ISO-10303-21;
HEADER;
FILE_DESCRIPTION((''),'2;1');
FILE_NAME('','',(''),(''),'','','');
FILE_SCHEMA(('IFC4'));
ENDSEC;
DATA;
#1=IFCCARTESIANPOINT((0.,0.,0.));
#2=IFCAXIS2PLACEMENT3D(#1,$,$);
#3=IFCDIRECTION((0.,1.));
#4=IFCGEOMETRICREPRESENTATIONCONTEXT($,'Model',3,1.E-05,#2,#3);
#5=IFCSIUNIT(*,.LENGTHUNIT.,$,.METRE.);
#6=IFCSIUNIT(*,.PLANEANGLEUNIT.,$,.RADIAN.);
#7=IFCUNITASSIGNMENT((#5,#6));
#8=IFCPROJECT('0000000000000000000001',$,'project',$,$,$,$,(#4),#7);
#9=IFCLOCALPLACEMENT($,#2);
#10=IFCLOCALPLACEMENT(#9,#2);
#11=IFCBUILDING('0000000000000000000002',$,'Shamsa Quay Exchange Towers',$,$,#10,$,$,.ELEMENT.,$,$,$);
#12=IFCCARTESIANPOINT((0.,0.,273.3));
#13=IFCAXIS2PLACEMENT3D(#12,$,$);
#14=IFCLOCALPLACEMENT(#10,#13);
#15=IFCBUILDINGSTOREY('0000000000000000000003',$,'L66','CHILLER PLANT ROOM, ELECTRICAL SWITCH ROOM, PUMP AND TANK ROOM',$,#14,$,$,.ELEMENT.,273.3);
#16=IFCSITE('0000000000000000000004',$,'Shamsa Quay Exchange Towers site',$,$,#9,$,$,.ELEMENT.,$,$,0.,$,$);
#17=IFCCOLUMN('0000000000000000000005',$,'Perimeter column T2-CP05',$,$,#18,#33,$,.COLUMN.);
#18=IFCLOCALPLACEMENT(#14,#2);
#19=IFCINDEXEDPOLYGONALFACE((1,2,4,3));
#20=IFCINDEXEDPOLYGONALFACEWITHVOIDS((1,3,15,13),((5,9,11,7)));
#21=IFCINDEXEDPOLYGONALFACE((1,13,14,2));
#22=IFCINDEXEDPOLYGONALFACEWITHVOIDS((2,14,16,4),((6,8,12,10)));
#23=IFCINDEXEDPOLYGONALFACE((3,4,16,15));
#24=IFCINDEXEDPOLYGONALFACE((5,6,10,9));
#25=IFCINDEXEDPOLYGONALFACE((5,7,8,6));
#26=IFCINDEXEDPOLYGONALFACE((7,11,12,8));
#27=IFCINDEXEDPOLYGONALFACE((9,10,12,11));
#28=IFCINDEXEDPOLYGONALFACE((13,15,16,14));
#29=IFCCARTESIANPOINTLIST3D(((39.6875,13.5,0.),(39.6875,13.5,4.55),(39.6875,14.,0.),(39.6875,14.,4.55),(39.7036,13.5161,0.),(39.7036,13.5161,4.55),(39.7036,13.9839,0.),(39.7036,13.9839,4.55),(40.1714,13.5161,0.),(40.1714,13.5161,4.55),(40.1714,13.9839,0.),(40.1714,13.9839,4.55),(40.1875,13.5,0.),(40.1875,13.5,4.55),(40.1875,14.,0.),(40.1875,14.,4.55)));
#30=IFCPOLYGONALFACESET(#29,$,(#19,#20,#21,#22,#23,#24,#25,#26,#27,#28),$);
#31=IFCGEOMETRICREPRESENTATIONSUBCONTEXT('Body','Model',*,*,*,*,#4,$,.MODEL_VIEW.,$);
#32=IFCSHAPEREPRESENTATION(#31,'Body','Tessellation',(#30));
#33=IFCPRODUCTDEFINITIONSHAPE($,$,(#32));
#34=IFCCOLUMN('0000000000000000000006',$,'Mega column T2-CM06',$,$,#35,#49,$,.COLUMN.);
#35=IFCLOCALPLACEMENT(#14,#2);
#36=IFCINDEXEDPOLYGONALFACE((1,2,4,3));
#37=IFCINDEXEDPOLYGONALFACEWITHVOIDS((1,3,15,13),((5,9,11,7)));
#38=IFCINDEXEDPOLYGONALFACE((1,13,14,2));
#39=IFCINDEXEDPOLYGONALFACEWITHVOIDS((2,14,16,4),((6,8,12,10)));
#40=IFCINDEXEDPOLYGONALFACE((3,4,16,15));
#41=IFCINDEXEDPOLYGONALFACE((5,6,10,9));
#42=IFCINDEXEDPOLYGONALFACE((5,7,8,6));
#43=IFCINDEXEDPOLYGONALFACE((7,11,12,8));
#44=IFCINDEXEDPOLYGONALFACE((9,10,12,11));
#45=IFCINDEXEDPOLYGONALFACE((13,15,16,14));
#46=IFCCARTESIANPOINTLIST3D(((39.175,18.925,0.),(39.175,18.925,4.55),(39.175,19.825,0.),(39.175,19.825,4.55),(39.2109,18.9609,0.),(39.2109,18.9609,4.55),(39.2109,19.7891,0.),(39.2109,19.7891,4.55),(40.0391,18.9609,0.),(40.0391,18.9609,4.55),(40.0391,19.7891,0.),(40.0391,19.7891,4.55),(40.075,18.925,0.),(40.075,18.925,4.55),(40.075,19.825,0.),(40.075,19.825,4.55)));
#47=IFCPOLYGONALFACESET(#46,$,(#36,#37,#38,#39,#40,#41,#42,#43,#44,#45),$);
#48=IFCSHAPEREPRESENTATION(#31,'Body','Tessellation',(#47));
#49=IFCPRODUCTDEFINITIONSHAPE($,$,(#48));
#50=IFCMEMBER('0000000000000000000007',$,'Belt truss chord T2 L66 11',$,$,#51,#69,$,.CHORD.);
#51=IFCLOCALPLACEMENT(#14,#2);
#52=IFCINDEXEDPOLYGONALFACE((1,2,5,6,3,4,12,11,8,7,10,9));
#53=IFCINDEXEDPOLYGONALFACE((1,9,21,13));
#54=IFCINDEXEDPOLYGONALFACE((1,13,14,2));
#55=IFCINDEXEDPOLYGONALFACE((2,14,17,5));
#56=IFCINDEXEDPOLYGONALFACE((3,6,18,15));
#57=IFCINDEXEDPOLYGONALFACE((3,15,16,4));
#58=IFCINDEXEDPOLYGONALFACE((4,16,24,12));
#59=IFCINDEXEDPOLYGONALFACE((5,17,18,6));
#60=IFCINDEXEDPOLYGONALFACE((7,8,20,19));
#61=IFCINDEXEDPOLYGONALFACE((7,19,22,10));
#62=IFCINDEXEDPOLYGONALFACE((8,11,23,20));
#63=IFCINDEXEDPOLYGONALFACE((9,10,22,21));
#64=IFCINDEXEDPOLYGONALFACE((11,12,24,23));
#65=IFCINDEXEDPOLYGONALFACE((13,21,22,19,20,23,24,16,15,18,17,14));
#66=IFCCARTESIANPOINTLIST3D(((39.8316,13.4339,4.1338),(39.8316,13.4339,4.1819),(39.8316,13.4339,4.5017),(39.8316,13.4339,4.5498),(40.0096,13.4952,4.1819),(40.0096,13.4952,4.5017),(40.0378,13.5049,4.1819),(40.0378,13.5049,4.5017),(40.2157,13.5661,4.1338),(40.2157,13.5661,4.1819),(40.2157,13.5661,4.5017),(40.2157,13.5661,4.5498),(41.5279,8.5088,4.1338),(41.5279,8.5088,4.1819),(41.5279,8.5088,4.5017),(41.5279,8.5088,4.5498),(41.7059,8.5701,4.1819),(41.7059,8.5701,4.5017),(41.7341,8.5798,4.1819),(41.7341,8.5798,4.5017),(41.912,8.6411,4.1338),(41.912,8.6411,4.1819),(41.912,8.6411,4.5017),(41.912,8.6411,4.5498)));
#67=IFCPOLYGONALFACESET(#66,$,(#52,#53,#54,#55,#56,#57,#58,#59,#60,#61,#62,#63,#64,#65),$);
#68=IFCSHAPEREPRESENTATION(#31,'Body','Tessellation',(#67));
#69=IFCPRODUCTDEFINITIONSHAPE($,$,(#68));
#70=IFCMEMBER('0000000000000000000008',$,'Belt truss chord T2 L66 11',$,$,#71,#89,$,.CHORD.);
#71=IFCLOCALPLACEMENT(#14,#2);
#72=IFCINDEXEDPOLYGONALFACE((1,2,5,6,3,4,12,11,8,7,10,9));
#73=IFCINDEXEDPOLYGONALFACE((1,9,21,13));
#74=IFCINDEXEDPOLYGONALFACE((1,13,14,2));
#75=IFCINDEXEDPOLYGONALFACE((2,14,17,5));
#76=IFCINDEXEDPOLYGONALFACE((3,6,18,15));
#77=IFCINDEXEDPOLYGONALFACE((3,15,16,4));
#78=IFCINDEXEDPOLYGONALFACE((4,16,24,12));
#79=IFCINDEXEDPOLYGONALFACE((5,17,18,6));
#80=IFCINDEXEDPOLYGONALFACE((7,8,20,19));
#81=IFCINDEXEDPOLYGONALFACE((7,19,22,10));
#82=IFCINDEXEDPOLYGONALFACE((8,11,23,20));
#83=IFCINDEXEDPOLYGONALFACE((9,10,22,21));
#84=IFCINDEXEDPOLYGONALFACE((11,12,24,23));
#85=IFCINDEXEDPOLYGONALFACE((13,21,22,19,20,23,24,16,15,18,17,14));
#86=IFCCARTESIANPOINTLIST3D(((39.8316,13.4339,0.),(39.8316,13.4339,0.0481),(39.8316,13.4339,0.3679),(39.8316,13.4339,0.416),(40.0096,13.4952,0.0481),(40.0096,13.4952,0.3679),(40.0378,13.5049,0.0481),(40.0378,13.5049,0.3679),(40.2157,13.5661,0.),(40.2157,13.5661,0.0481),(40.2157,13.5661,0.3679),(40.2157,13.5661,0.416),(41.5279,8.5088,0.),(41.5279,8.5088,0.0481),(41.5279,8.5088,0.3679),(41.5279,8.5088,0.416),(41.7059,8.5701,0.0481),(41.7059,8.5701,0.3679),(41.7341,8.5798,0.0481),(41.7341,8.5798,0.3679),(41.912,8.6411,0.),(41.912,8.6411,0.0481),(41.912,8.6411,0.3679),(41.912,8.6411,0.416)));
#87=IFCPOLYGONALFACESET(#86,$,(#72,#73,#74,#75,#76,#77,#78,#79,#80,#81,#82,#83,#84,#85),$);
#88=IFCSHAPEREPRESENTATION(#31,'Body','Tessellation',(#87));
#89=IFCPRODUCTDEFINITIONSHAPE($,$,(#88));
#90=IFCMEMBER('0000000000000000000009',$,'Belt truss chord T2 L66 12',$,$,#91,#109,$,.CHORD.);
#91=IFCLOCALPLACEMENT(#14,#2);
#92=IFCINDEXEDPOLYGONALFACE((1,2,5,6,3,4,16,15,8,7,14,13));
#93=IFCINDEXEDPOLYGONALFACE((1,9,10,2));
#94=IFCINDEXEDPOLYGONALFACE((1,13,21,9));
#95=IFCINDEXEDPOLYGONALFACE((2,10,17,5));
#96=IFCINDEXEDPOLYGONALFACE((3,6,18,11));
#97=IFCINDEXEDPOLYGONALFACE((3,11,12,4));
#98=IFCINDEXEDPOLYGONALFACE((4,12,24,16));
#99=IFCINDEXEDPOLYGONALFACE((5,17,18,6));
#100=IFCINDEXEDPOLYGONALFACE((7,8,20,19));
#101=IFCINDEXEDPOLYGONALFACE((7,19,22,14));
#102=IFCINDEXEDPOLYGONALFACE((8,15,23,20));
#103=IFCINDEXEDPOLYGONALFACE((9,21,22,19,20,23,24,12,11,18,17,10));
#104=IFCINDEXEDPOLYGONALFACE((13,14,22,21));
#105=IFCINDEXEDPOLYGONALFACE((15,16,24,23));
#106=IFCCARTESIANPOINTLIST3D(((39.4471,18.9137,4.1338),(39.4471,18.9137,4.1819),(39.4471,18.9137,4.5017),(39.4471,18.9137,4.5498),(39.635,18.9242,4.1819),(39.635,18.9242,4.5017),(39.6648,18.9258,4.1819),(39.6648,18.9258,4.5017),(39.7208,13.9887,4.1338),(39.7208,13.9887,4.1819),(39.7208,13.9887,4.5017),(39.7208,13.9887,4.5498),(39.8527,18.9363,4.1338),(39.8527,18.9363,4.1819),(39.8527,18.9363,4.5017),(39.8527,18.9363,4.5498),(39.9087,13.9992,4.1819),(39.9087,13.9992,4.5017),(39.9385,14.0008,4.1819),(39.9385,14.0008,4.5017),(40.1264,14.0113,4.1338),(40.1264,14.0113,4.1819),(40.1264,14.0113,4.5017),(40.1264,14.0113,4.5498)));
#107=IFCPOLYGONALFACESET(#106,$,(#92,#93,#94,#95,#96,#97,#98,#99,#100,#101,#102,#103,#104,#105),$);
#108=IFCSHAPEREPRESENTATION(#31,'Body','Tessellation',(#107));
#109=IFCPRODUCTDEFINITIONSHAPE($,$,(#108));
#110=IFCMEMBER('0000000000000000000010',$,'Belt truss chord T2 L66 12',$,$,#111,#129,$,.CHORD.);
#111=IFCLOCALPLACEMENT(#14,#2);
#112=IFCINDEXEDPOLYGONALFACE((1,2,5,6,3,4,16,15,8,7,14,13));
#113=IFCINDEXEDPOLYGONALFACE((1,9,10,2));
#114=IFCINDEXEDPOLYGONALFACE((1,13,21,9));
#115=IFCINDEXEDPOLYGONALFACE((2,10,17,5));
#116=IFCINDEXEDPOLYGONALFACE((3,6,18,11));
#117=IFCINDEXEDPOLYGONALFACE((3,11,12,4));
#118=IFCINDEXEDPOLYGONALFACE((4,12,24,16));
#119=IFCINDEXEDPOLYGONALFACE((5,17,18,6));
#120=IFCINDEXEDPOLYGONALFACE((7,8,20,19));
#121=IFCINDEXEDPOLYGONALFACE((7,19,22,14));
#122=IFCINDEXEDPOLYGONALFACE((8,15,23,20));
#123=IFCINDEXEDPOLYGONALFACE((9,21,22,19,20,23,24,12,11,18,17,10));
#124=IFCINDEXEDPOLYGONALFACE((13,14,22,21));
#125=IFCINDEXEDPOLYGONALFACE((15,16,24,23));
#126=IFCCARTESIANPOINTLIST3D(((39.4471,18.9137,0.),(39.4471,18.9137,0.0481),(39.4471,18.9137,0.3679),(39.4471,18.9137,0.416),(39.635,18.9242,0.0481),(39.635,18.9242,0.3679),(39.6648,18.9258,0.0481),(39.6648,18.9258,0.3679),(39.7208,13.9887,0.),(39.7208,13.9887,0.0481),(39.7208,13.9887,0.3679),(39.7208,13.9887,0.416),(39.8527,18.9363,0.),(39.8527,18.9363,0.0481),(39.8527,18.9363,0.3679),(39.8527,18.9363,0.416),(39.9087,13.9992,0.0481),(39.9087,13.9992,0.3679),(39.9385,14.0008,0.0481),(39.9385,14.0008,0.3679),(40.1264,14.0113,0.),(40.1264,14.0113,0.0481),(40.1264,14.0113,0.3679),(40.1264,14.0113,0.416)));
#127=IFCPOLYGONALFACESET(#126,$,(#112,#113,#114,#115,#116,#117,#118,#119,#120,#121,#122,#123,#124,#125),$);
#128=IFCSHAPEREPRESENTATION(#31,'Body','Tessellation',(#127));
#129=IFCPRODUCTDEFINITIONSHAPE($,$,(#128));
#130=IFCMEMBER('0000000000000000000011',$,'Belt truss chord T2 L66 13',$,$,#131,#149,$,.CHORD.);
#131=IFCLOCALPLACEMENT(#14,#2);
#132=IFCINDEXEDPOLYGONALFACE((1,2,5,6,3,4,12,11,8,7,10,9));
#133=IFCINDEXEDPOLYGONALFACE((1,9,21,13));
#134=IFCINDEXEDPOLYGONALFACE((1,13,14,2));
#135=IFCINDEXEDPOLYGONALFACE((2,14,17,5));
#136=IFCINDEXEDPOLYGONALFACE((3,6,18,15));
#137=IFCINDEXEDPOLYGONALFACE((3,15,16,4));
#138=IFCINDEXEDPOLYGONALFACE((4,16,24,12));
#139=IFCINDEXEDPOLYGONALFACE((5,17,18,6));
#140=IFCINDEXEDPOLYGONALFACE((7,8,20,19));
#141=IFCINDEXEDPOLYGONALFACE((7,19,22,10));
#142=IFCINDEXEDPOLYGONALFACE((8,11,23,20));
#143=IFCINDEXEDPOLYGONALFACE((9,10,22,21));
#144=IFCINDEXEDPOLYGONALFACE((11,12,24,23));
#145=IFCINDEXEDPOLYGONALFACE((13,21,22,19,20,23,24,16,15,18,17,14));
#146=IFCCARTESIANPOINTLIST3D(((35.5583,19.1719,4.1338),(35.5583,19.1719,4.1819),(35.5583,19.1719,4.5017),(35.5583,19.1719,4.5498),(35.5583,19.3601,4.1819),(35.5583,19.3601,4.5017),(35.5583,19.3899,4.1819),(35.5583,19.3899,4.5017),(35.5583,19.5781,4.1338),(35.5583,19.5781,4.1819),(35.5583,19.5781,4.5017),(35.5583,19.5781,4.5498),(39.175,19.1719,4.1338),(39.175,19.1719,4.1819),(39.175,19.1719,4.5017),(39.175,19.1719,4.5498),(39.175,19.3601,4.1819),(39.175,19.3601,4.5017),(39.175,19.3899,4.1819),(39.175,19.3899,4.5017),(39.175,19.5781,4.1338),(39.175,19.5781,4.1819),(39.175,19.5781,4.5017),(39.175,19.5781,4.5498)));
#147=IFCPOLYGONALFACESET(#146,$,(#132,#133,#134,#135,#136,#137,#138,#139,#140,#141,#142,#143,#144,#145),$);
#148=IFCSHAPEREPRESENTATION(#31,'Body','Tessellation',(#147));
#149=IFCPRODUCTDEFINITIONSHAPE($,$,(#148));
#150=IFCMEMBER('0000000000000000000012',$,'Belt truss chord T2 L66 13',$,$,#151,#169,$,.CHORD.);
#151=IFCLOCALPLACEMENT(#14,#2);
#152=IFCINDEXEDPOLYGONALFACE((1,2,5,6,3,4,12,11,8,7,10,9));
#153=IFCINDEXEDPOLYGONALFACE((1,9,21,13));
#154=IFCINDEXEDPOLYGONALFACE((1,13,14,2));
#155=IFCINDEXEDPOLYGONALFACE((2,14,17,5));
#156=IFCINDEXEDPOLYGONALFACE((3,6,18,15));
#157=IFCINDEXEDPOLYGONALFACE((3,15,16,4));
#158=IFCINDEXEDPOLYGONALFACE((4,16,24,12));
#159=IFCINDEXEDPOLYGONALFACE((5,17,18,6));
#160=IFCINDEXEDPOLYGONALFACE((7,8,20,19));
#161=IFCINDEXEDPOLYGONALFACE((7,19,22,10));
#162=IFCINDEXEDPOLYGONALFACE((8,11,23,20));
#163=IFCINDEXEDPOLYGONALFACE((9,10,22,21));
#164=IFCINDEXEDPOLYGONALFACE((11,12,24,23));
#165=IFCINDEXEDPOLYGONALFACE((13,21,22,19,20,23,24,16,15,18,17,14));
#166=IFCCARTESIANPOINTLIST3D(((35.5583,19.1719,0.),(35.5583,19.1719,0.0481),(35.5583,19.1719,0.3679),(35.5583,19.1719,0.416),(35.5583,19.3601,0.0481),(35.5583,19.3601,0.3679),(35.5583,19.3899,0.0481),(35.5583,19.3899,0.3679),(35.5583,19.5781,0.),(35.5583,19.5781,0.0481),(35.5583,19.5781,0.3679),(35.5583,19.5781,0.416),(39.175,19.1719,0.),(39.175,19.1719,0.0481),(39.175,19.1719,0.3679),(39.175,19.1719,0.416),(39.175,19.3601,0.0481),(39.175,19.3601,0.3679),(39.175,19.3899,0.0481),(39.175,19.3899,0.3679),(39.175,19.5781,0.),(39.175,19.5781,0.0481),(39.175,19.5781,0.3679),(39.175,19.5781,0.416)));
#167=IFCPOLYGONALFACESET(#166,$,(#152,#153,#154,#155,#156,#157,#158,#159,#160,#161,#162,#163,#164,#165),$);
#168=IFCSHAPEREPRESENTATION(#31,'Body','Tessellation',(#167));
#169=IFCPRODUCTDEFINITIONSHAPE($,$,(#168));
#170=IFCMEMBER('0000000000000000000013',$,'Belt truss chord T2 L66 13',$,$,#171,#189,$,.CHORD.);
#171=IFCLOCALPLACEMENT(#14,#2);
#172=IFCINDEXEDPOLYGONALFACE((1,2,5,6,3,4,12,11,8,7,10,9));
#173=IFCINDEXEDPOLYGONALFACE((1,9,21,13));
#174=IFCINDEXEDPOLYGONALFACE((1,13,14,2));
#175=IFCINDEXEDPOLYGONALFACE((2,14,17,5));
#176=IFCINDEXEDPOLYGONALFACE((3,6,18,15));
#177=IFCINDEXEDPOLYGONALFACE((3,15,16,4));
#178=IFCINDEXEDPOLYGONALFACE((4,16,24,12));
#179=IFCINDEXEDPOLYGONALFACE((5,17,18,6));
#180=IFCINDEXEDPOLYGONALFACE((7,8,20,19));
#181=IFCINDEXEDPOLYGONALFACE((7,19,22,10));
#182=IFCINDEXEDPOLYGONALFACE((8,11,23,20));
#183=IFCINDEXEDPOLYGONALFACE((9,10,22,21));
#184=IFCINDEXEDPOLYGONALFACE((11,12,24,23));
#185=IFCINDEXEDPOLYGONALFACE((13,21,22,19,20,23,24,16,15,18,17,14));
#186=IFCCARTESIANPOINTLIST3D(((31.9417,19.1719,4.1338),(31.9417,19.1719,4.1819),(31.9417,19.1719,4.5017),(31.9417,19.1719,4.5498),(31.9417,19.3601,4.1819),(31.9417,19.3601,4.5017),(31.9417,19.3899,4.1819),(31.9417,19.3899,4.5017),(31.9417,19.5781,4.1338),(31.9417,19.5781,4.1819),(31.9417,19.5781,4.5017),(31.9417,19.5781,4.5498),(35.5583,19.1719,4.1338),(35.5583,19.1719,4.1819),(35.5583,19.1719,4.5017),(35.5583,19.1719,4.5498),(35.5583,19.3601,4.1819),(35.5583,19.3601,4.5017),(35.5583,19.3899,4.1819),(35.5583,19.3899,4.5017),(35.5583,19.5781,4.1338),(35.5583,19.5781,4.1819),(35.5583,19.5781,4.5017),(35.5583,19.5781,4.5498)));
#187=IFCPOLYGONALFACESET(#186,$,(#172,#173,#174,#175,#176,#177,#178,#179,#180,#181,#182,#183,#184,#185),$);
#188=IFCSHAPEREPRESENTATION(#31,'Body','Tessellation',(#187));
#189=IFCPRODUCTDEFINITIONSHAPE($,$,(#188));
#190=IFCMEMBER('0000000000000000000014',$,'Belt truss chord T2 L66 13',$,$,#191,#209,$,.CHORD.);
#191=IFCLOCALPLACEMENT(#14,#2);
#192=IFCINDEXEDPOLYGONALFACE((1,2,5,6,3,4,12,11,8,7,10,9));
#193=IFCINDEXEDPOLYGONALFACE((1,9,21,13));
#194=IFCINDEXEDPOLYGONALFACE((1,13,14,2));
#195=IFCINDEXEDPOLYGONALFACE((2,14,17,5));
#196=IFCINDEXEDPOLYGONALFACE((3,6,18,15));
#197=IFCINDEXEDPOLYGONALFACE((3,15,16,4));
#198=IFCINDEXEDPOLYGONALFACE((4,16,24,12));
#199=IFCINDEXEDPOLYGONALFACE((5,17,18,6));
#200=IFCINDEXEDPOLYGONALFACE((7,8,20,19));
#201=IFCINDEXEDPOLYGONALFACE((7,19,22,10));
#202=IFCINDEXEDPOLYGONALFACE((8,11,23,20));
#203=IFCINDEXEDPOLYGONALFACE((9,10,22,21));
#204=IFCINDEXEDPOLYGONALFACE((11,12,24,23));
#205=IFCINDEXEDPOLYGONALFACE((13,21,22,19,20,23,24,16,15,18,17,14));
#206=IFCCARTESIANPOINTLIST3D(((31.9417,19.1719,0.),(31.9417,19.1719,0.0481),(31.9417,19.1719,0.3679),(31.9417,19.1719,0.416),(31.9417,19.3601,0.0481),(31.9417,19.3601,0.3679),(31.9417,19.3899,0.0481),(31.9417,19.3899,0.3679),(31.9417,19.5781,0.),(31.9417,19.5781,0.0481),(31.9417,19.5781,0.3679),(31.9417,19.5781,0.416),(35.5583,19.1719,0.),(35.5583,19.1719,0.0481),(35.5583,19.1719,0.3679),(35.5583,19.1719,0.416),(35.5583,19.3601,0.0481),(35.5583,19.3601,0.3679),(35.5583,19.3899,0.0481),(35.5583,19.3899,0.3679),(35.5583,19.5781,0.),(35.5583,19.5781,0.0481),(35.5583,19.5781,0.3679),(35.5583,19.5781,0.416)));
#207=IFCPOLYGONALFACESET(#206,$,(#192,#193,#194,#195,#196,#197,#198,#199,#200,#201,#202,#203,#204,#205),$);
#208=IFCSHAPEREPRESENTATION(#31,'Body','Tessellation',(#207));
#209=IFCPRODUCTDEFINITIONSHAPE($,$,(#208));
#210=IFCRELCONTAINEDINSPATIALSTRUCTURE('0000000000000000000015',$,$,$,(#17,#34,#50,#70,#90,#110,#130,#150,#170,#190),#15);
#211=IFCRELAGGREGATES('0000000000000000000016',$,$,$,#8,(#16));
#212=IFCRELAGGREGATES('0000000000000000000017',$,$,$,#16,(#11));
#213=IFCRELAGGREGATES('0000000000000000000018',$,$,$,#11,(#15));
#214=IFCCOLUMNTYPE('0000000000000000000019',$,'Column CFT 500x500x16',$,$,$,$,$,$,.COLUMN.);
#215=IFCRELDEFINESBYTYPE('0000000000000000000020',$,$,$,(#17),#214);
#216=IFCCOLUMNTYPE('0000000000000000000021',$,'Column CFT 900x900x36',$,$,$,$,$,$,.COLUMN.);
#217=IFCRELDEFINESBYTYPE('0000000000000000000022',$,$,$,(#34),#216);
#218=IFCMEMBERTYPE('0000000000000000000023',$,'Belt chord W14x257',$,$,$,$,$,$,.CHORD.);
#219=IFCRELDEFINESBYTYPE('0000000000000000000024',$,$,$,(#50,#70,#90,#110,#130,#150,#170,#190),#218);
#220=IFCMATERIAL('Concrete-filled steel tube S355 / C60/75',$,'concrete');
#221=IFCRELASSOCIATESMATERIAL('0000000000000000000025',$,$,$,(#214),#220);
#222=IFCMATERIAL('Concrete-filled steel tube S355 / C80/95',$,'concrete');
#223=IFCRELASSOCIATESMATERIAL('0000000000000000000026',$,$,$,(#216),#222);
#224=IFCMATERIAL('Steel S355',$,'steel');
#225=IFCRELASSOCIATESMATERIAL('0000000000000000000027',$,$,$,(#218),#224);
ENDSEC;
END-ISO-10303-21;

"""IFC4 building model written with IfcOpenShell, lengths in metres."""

from ifc_helpers import new_model, si_unit, direction, frame, origin, origin_2d, place, context, subcontext, project, spatial, hollow_rectangle, i_section, extrude, material, material_profile, profile_set, type_object, element, save


model = new_model("IFC4")

# Units and contexts
model_context = context("Model", 3, precision=1e-05, world=origin(), true_north=direction((0.0, 1.0)))
body_context = subcontext(model_context, "Body", "Model", "MODEL_VIEW")
ifc_project = project(units=[si_unit("LENGTHUNIT", "METRE"), si_unit("PLANEANGLEUNIT", "RADIAN")], contexts=[model_context])

# Site, building, storey
site_placement = place(None, origin())
site = spatial("IfcSite", under=ifc_project, at=site_placement, Name="Shamsa Quay Exchange Towers site", CompositionType="ELEMENT", RefElevation=0.0)
building_placement = place(site_placement, origin())
building = spatial("IfcBuilding", under=site, at=building_placement, Name="Shamsa Quay Exchange Towers", CompositionType="ELEMENT")
storey_placement = place(building_placement, frame((0.0, 0.0, 273.3)))
storey = spatial("IfcBuildingStorey", under=building, at=storey_placement, Name="L66", Description="CHILLER PLANT ROOM, ELECTRICAL SWITCH ROOM, PUMP AND TANK ROOM", CompositionType="ELEMENT", Elevation=273.3)

# Columns
ifc_material_1 = material(Name="Concrete-filled steel tube S355 / C60/75", Category="concrete")
ifc_material_profile_1 = material_profile(ifc_material_1, hollow_rectangle(XDim=0.5, YDim=0.5, WallThickness=0.0161, at=origin_2d()), Name="CFT 500x500x16")
ifc_profile_set_1 = profile_set([ifc_material_profile_1], Name="Concrete-filled steel tube S355 / C60/75")
column_type_1 = type_object("IfcColumnType", Name="Column CFT 500x500x16", PredefinedType="COLUMN", material=ifc_profile_set_1)
column_1_placement = place(storey_placement, frame((39.9375, 13.75, 0.0)))
element("IfcColumn", 1, at=column_1_placement, inside=storey, type_object=column_type_1, Name="Perimeter column T2-CP05", PredefinedType="COLUMN", context=body_context, shape_type="SweptSolid", body=[
    extrude(hollow_rectangle(XDim=0.5, YDim=0.5, WallThickness=0.0161, at=origin_2d()), origin(), (0.0, 0.0, 1.0), 4.55),
])
ifc_material_2 = material(Name="Concrete-filled steel tube S355 / C80/95", Category="concrete")
ifc_material_profile_2 = material_profile(ifc_material_2, hollow_rectangle(XDim=0.8999, YDim=0.8999, WallThickness=0.0359, at=origin_2d()), Name="CFT 900x900x36")
ifc_profile_set_2 = profile_set([ifc_material_profile_2], Name="Concrete-filled steel tube S355 / C80/95")
column_type_2 = type_object("IfcColumnType", Name="Column CFT 900x900x36", PredefinedType="COLUMN", material=ifc_profile_set_2)
column_2_placement = place(storey_placement, frame((39.625, 19.375, 0.0)))
element("IfcColumn", 2, at=column_2_placement, inside=storey, type_object=column_type_2, Name="Mega column T2-CM06", PredefinedType="COLUMN", context=body_context, shape_type="SweptSolid", body=[
    extrude(hollow_rectangle(XDim=0.8999, YDim=0.8999, WallThickness=0.0359, at=origin_2d()), origin(), (0.0, 0.0, 1.0), 4.55),
])

# Members
ifc_material_3 = material(Name="Steel S355", Category="steel")
ifc_material_profile_3 = material_profile(ifc_material_3, i_section(OverallWidth=0.4062, OverallDepth=0.416, WebThickness=0.0298, FlangeThickness=0.0481, at=origin_2d()), Name="W14x257")
ifc_profile_set_3 = profile_set([ifc_material_profile_3], Name="Steel S355")
member_type_1 = type_object("IfcMemberType", Name="Belt chord W14x257", PredefinedType="CHORD", material=ifc_profile_set_3)
for number, where, z_axis, x_axis, name in (
    (3, (41.72, 8.575, 4.3418), (-0.325647, 0.945491, 0.0), (-0.945491, -0.325647, 0.0), "Belt truss chord T2 L66 11"),
    (4, (41.72, 8.575, 0.208), (-0.325647, 0.945491, 0.0), (-0.945491, -0.325647, 0.0), "Belt truss chord T2 L66 11"),
):
    element("IfcMember", number, at=place(storey_placement, frame(where, z_axis=z_axis, x_axis=x_axis)), inside=storey, type_object=member_type_1, Name=name, PredefinedType="CHORD", context=body_context, shape_type="SweptSolid", body=[
        extrude(i_section(OverallWidth=0.4062, OverallDepth=0.416, WebThickness=0.0298, FlangeThickness=0.0481, at=origin_2d()), origin(), (0.0, 0.0, 1.0), 5.209),
    ])
for number, where, z_axis, x_axis, name in (
    (5, (39.9236, 14.0, 4.3418), (-0.055484, 0.99846, 0.0), (-0.99846, -0.055484, 0.0), "Belt truss chord T2 L66 12"),
    (6, (39.9236, 14.0, 0.208), (-0.055484, 0.99846, 0.0), (-0.99846, -0.055484, 0.0), "Belt truss chord T2 L66 12"),
):
    element("IfcMember", number, at=place(storey_placement, frame(where, z_axis=z_axis, x_axis=x_axis)), inside=storey, type_object=member_type_1, Name=name, PredefinedType="CHORD", context=body_context, shape_type="SweptSolid", body=[
        extrude(i_section(OverallWidth=0.4062, OverallDepth=0.416, WebThickness=0.0298, FlangeThickness=0.0481, at=origin_2d()), origin(), (0.0, 0.0, 1.0), 4.9326),
    ])
for number, where, z_axis, x_axis, name in (
    (7, (39.175, 19.375, 4.3418), (-1.0, 0.0, 0.0), (0.0, -1.0, 0.0), "Belt truss chord T2 L66 13"),
    (8, (39.175, 19.375, 0.208), (-1.0, 0.0, 0.0), (0.0, -1.0, 0.0), "Belt truss chord T2 L66 13"),
    (9, (35.5583, 19.375, 4.3418), (-1.0, 0.0, 0.0), (0.0, -1.0, 0.0), "Belt truss chord T2 L66 13"),
    (10, (35.5583, 19.375, 0.208), (-1.0, 0.0, 0.0), (0.0, -1.0, 0.0), "Belt truss chord T2 L66 13"),
):
    element("IfcMember", number, at=place(storey_placement, frame(where, z_axis=z_axis, x_axis=x_axis)), inside=storey, type_object=member_type_1, Name=name, PredefinedType="CHORD", context=body_context, shape_type="SweptSolid", body=[
        extrude(i_section(OverallWidth=0.4062, OverallDepth=0.416, WebThickness=0.0298, FlangeThickness=0.0481, at=origin_2d()), origin(), (0.0, 0.0, 1.0), 3.6167),
    ])

save(model, "model.ifc")
